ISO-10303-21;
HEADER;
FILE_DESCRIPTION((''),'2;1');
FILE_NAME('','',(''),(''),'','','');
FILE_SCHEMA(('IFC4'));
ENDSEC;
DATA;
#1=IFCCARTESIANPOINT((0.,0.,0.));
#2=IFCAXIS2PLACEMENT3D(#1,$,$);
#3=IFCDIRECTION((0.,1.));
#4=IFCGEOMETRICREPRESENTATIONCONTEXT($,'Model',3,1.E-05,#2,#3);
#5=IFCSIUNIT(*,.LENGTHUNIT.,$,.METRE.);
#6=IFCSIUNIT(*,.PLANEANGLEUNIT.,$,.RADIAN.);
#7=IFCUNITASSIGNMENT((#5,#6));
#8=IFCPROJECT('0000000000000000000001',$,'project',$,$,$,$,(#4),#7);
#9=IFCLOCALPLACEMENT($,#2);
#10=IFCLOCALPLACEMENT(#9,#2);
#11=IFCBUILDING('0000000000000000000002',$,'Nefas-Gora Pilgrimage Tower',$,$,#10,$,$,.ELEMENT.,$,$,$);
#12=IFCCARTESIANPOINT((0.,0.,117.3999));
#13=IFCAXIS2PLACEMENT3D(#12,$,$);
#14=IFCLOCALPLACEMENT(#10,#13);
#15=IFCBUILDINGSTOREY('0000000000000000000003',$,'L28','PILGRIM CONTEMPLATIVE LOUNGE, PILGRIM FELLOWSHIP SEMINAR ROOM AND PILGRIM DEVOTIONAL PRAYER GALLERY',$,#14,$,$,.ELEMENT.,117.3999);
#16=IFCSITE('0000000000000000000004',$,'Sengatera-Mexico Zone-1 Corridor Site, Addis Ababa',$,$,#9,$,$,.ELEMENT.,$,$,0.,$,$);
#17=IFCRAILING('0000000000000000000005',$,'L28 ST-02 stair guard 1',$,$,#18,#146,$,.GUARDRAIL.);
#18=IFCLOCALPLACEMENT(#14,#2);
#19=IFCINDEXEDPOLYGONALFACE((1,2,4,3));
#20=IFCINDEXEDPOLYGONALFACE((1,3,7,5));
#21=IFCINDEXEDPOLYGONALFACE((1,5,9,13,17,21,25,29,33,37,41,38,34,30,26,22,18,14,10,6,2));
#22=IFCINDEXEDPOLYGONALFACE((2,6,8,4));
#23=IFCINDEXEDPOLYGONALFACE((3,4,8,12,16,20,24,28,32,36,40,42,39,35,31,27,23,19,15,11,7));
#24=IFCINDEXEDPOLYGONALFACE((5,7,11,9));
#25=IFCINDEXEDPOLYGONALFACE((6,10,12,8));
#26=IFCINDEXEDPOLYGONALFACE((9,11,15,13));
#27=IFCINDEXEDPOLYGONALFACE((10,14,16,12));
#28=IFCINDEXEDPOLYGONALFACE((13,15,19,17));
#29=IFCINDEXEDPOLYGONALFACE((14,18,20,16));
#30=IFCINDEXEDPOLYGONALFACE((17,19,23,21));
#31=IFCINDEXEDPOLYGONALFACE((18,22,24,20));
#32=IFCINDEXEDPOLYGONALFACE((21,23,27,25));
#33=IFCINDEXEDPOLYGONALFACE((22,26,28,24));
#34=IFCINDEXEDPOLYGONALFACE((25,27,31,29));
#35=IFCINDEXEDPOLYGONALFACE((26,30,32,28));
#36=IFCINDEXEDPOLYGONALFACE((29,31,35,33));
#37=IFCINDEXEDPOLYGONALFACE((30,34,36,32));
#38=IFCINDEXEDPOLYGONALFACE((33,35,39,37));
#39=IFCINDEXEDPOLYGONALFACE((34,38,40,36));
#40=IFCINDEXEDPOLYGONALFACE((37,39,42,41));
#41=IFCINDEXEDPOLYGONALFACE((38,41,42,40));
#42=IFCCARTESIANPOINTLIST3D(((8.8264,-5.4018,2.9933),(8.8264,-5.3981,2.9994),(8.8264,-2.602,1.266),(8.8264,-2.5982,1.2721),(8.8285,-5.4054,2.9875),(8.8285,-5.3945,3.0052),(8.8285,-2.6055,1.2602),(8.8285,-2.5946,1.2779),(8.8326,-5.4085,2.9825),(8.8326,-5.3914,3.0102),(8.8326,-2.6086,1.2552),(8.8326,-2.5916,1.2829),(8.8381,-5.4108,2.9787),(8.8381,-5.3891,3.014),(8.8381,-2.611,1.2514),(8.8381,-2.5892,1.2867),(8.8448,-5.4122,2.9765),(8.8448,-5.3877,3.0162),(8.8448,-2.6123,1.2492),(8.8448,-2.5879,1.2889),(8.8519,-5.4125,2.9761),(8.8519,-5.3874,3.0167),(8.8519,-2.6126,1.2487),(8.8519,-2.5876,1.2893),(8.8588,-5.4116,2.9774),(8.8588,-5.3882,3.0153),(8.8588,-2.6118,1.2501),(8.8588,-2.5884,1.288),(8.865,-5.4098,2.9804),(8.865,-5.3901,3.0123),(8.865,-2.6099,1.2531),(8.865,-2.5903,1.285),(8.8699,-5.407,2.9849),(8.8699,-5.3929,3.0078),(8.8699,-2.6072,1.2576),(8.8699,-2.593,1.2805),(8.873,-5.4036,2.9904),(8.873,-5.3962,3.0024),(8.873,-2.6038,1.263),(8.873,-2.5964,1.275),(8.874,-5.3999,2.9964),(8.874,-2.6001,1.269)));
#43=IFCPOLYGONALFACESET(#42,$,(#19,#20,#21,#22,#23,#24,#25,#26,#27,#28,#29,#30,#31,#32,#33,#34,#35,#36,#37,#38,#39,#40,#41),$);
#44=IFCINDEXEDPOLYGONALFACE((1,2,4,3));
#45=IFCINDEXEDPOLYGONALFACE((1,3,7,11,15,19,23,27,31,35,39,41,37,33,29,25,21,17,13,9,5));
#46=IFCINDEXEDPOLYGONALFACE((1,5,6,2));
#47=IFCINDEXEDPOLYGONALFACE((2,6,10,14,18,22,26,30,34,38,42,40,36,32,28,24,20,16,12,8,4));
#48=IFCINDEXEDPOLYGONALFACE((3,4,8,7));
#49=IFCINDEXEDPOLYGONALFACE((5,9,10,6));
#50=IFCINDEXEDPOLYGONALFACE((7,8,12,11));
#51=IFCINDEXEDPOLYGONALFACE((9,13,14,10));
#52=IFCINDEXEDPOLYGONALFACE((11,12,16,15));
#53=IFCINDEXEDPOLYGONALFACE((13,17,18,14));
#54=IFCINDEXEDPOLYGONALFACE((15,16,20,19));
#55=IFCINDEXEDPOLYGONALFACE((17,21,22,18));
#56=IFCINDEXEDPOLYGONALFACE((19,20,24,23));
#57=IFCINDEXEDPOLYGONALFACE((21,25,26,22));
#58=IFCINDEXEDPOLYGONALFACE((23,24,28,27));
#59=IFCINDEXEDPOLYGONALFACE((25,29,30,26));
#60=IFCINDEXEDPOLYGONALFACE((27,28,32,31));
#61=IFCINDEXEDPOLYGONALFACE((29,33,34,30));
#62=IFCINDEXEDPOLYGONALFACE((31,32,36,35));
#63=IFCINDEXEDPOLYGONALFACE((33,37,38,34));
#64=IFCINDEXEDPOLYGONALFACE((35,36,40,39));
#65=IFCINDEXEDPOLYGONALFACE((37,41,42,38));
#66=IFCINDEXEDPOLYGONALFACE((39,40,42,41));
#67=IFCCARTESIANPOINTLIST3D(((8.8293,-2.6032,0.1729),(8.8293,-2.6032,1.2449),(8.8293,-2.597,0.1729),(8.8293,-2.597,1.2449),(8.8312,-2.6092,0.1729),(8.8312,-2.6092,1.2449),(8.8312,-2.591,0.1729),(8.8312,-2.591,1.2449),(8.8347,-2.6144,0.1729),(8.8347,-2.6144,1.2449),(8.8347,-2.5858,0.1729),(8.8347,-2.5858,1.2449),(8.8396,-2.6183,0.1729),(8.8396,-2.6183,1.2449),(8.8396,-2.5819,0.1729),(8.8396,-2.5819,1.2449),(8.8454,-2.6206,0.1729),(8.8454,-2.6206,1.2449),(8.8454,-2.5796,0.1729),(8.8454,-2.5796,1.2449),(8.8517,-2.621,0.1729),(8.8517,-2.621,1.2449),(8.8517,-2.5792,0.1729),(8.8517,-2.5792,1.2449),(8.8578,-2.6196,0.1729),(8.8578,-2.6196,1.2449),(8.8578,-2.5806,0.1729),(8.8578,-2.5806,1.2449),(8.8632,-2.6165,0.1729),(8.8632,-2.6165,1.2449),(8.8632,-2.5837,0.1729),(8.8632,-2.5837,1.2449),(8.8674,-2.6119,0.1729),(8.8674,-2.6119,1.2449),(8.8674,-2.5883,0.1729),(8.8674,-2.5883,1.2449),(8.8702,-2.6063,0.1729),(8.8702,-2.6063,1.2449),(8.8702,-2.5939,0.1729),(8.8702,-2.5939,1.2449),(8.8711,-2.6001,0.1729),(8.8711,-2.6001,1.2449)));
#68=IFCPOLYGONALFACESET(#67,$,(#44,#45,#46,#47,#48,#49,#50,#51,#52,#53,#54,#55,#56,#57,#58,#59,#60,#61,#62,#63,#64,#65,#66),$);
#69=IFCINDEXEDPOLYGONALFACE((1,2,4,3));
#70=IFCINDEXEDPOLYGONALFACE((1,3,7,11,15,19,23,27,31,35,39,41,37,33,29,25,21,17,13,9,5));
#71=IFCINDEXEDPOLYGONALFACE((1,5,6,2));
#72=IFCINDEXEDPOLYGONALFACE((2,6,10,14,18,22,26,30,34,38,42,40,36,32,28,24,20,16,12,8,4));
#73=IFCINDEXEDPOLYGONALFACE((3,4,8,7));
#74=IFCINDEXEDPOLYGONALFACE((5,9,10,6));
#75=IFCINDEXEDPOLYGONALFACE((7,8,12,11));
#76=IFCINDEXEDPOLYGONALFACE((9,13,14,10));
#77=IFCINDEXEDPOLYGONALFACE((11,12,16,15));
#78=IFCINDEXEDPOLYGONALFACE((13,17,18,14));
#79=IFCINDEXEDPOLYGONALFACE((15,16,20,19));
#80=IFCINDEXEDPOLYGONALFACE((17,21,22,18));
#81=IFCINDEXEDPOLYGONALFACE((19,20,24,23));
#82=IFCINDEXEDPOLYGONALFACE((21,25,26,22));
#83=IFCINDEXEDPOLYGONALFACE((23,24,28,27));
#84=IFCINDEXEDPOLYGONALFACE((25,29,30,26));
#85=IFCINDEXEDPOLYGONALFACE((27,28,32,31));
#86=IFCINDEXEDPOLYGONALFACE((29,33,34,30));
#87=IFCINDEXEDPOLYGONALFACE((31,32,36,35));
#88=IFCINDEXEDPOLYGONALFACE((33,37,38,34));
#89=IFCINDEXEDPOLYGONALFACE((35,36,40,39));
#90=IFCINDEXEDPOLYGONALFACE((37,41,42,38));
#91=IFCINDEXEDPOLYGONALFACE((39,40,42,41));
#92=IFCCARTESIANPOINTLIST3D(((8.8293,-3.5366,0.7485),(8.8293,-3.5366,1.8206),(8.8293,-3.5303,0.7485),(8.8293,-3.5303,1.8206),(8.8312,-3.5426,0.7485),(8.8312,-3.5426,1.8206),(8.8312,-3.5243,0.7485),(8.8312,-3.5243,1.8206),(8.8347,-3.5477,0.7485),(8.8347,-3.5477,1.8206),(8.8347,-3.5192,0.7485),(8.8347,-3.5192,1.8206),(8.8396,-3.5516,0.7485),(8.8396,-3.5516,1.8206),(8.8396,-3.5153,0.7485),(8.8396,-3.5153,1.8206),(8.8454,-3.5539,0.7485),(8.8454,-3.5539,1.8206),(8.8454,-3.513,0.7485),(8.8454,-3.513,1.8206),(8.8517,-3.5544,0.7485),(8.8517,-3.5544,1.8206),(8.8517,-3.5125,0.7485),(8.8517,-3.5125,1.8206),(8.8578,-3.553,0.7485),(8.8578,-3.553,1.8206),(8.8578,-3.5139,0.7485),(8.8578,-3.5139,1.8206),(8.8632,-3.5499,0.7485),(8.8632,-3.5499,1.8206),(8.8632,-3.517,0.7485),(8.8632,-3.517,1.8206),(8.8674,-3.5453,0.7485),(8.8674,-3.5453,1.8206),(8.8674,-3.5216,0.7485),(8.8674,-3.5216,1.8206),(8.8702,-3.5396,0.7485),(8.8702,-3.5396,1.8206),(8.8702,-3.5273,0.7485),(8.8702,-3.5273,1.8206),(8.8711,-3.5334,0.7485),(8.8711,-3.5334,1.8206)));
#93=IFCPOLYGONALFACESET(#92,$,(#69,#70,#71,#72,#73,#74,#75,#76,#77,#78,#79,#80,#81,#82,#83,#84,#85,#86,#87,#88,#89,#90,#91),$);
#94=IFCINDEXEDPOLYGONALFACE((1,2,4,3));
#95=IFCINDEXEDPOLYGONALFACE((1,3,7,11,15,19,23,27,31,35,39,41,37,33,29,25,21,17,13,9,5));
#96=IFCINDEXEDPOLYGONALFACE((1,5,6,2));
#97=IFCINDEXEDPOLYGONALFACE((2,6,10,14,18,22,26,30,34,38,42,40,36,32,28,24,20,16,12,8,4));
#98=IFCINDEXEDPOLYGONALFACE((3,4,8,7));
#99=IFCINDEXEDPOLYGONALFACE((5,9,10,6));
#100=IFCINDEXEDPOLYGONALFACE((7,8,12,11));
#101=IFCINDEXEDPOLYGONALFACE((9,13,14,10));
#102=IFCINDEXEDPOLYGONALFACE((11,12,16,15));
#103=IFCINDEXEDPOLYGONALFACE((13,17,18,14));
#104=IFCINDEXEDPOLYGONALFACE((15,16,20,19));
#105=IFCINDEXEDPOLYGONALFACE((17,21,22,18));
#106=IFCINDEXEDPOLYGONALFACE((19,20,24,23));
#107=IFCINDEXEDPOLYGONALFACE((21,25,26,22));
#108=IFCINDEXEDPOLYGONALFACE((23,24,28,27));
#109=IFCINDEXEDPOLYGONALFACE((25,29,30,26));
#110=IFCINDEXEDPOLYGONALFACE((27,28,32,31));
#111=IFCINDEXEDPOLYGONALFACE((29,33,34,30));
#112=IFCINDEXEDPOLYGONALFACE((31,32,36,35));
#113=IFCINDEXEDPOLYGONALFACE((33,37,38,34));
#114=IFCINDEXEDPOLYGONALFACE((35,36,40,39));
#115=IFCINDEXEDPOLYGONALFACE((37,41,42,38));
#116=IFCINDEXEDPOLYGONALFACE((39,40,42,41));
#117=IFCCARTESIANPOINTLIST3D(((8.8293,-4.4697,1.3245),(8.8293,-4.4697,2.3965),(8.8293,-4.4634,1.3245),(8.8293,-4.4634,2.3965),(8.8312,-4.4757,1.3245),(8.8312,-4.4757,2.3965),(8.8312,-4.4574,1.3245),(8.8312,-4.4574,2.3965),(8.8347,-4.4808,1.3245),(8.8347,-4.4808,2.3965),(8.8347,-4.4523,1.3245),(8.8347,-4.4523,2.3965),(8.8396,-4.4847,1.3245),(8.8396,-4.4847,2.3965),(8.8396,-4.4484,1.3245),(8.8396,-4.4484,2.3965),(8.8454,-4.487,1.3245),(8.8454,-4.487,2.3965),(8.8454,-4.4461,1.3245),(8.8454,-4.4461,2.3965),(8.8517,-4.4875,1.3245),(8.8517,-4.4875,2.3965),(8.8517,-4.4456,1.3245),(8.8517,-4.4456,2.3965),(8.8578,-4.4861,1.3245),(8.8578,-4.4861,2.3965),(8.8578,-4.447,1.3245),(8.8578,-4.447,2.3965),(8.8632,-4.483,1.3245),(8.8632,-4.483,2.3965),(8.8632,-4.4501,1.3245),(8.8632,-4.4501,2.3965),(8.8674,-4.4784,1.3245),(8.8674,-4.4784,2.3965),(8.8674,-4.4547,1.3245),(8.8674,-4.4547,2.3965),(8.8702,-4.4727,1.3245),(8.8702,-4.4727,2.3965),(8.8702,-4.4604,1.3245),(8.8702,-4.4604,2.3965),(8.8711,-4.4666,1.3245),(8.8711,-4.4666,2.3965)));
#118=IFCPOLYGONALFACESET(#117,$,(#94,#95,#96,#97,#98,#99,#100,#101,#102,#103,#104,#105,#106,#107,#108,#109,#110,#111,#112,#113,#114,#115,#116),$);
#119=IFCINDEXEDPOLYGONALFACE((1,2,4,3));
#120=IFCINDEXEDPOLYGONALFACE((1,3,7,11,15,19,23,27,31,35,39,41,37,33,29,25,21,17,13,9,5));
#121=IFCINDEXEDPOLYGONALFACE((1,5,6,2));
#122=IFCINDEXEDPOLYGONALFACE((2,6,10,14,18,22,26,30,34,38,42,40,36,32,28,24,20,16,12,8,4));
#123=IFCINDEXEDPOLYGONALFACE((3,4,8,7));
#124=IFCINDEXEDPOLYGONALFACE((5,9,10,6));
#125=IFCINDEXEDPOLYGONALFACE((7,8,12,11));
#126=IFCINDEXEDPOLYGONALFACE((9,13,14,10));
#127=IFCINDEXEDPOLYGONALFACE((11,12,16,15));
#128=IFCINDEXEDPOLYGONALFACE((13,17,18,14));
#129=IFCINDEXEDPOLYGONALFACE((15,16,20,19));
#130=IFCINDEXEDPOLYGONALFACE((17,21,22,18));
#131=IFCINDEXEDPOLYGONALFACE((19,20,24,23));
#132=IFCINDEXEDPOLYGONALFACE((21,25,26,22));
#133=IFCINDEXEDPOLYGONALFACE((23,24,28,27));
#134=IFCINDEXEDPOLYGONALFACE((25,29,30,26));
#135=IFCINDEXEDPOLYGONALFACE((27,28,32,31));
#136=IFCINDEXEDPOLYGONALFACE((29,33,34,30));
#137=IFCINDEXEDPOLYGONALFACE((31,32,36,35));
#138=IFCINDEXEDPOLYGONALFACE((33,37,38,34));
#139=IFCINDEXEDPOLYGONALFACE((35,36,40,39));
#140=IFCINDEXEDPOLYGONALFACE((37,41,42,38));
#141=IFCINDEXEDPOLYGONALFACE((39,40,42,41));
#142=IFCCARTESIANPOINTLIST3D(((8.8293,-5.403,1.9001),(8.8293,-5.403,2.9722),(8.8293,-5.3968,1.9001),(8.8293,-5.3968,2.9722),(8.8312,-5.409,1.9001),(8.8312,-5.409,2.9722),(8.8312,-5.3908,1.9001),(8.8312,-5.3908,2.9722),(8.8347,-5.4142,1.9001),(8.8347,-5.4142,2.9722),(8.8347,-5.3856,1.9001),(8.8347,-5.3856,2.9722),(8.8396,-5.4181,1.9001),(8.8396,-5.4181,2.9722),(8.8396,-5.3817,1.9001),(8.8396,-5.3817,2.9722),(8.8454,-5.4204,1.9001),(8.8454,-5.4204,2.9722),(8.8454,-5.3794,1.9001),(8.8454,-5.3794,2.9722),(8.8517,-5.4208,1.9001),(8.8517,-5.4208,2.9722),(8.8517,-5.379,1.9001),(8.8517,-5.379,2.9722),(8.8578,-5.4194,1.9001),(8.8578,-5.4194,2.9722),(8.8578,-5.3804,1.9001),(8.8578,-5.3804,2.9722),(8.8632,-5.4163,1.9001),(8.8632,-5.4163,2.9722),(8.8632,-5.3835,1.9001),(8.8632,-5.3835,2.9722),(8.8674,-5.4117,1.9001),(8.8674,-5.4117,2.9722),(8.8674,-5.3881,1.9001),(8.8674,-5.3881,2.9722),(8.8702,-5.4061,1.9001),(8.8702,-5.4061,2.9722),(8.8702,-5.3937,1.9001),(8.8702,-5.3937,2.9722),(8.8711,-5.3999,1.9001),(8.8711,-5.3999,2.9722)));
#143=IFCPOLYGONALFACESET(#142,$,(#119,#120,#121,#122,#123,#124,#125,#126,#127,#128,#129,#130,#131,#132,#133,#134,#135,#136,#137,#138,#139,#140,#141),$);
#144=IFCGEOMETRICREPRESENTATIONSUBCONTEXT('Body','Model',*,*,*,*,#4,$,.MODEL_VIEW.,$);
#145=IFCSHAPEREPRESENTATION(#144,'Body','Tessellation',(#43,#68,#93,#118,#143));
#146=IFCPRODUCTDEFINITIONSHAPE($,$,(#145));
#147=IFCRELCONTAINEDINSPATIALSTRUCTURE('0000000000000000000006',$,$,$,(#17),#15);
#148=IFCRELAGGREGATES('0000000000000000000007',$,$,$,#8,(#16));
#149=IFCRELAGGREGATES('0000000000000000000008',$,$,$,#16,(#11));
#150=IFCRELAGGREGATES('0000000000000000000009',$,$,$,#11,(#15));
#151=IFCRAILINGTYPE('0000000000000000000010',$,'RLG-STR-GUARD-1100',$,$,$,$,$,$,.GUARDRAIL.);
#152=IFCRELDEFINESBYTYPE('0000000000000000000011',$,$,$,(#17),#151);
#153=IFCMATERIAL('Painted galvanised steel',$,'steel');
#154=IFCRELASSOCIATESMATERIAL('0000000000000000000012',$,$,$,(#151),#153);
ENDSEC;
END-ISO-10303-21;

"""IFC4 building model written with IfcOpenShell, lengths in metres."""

from ifc_helpers import new_model, si_unit, direction, frame, origin, origin_2d, place, context, subcontext, project, spatial, circle, extrude, material, type_object, element, save


model = new_model("IFC4")

# Units and contexts
model_context = context("Model", 3, precision=1e-05, world=origin(), true_north=direction((0.0, 1.0)))
body_context = subcontext(model_context, "Body", "Model", "MODEL_VIEW")
ifc_project = project(units=[si_unit("LENGTHUNIT", "METRE"), si_unit("PLANEANGLEUNIT", "RADIAN")], contexts=[model_context])

# Site, building, storey
site_placement = place(None, origin())
site = spatial("IfcSite", under=ifc_project, at=site_placement, Name="Sengatera-Mexico Zone-1 Corridor Site, Addis Ababa", CompositionType="ELEMENT", RefElevation=0.0)
building_placement = place(site_placement, origin())
building = spatial("IfcBuilding", under=site, at=building_placement, Name="Nefas-Gora Pilgrimage Tower", CompositionType="ELEMENT")
storey_placement = place(building_placement, frame((0.0, 0.0, 117.3999)))
storey = spatial("IfcBuildingStorey", under=building, at=storey_placement, Name="L28", Description="PILGRIM CONTEMPLATIVE LOUNGE, PILGRIM FELLOWSHIP SEMINAR ROOM AND PILGRIM DEVOTIONAL PRAYER GALLERY", CompositionType="ELEMENT", Elevation=117.3999)

# Railing
ifc_material_1 = material(Name="Painted galvanised steel", Category="steel")
railing_type_1 = type_object("IfcRailingType", Name="RLG-STR-GUARD-1100", PredefinedType="GUARDRAIL", material=ifc_material_1)
railing_1_placement = place(storey_placement, frame((8.8501, -2.6001, 0.1729)))
element("IfcRailing", 1, at=railing_1_placement, inside=storey, type_object=railing_type_1, Name="L28 ST-02 stair guard 1", PredefinedType="GUARDRAIL", context=body_context, shape_type="SweptSolid", body=[
    extrude(circle(Radius=0.0239, at=origin_2d()), frame((0.0, 0.0, 1.0962), z_axis=(0.0, -0.851069, 0.525054), x_axis=(1.0, 0.0, 0.0)), (0.0, 0.0, 1.0), 3.2898),
    extrude(circle(Radius=0.021, at=origin_2d()), origin(), (0.0, 0.0, 1.0), 1.072),
    extrude(circle(Radius=0.021, at=origin_2d()), frame((0.0, -0.9333, 0.5757)), (0.0, 0.0, 1.0), 1.072),
    extrude(circle(Radius=0.021, at=origin_2d()), frame((0.0, -1.8665, 1.1516)), (0.0, 0.0, 1.0), 1.072),
    extrude(circle(Radius=0.021, at=origin_2d()), frame((0.0, -2.7998, 1.7273)), (0.0, 0.0, 1.0), 1.072),
])

save(model, "model.ifc")
